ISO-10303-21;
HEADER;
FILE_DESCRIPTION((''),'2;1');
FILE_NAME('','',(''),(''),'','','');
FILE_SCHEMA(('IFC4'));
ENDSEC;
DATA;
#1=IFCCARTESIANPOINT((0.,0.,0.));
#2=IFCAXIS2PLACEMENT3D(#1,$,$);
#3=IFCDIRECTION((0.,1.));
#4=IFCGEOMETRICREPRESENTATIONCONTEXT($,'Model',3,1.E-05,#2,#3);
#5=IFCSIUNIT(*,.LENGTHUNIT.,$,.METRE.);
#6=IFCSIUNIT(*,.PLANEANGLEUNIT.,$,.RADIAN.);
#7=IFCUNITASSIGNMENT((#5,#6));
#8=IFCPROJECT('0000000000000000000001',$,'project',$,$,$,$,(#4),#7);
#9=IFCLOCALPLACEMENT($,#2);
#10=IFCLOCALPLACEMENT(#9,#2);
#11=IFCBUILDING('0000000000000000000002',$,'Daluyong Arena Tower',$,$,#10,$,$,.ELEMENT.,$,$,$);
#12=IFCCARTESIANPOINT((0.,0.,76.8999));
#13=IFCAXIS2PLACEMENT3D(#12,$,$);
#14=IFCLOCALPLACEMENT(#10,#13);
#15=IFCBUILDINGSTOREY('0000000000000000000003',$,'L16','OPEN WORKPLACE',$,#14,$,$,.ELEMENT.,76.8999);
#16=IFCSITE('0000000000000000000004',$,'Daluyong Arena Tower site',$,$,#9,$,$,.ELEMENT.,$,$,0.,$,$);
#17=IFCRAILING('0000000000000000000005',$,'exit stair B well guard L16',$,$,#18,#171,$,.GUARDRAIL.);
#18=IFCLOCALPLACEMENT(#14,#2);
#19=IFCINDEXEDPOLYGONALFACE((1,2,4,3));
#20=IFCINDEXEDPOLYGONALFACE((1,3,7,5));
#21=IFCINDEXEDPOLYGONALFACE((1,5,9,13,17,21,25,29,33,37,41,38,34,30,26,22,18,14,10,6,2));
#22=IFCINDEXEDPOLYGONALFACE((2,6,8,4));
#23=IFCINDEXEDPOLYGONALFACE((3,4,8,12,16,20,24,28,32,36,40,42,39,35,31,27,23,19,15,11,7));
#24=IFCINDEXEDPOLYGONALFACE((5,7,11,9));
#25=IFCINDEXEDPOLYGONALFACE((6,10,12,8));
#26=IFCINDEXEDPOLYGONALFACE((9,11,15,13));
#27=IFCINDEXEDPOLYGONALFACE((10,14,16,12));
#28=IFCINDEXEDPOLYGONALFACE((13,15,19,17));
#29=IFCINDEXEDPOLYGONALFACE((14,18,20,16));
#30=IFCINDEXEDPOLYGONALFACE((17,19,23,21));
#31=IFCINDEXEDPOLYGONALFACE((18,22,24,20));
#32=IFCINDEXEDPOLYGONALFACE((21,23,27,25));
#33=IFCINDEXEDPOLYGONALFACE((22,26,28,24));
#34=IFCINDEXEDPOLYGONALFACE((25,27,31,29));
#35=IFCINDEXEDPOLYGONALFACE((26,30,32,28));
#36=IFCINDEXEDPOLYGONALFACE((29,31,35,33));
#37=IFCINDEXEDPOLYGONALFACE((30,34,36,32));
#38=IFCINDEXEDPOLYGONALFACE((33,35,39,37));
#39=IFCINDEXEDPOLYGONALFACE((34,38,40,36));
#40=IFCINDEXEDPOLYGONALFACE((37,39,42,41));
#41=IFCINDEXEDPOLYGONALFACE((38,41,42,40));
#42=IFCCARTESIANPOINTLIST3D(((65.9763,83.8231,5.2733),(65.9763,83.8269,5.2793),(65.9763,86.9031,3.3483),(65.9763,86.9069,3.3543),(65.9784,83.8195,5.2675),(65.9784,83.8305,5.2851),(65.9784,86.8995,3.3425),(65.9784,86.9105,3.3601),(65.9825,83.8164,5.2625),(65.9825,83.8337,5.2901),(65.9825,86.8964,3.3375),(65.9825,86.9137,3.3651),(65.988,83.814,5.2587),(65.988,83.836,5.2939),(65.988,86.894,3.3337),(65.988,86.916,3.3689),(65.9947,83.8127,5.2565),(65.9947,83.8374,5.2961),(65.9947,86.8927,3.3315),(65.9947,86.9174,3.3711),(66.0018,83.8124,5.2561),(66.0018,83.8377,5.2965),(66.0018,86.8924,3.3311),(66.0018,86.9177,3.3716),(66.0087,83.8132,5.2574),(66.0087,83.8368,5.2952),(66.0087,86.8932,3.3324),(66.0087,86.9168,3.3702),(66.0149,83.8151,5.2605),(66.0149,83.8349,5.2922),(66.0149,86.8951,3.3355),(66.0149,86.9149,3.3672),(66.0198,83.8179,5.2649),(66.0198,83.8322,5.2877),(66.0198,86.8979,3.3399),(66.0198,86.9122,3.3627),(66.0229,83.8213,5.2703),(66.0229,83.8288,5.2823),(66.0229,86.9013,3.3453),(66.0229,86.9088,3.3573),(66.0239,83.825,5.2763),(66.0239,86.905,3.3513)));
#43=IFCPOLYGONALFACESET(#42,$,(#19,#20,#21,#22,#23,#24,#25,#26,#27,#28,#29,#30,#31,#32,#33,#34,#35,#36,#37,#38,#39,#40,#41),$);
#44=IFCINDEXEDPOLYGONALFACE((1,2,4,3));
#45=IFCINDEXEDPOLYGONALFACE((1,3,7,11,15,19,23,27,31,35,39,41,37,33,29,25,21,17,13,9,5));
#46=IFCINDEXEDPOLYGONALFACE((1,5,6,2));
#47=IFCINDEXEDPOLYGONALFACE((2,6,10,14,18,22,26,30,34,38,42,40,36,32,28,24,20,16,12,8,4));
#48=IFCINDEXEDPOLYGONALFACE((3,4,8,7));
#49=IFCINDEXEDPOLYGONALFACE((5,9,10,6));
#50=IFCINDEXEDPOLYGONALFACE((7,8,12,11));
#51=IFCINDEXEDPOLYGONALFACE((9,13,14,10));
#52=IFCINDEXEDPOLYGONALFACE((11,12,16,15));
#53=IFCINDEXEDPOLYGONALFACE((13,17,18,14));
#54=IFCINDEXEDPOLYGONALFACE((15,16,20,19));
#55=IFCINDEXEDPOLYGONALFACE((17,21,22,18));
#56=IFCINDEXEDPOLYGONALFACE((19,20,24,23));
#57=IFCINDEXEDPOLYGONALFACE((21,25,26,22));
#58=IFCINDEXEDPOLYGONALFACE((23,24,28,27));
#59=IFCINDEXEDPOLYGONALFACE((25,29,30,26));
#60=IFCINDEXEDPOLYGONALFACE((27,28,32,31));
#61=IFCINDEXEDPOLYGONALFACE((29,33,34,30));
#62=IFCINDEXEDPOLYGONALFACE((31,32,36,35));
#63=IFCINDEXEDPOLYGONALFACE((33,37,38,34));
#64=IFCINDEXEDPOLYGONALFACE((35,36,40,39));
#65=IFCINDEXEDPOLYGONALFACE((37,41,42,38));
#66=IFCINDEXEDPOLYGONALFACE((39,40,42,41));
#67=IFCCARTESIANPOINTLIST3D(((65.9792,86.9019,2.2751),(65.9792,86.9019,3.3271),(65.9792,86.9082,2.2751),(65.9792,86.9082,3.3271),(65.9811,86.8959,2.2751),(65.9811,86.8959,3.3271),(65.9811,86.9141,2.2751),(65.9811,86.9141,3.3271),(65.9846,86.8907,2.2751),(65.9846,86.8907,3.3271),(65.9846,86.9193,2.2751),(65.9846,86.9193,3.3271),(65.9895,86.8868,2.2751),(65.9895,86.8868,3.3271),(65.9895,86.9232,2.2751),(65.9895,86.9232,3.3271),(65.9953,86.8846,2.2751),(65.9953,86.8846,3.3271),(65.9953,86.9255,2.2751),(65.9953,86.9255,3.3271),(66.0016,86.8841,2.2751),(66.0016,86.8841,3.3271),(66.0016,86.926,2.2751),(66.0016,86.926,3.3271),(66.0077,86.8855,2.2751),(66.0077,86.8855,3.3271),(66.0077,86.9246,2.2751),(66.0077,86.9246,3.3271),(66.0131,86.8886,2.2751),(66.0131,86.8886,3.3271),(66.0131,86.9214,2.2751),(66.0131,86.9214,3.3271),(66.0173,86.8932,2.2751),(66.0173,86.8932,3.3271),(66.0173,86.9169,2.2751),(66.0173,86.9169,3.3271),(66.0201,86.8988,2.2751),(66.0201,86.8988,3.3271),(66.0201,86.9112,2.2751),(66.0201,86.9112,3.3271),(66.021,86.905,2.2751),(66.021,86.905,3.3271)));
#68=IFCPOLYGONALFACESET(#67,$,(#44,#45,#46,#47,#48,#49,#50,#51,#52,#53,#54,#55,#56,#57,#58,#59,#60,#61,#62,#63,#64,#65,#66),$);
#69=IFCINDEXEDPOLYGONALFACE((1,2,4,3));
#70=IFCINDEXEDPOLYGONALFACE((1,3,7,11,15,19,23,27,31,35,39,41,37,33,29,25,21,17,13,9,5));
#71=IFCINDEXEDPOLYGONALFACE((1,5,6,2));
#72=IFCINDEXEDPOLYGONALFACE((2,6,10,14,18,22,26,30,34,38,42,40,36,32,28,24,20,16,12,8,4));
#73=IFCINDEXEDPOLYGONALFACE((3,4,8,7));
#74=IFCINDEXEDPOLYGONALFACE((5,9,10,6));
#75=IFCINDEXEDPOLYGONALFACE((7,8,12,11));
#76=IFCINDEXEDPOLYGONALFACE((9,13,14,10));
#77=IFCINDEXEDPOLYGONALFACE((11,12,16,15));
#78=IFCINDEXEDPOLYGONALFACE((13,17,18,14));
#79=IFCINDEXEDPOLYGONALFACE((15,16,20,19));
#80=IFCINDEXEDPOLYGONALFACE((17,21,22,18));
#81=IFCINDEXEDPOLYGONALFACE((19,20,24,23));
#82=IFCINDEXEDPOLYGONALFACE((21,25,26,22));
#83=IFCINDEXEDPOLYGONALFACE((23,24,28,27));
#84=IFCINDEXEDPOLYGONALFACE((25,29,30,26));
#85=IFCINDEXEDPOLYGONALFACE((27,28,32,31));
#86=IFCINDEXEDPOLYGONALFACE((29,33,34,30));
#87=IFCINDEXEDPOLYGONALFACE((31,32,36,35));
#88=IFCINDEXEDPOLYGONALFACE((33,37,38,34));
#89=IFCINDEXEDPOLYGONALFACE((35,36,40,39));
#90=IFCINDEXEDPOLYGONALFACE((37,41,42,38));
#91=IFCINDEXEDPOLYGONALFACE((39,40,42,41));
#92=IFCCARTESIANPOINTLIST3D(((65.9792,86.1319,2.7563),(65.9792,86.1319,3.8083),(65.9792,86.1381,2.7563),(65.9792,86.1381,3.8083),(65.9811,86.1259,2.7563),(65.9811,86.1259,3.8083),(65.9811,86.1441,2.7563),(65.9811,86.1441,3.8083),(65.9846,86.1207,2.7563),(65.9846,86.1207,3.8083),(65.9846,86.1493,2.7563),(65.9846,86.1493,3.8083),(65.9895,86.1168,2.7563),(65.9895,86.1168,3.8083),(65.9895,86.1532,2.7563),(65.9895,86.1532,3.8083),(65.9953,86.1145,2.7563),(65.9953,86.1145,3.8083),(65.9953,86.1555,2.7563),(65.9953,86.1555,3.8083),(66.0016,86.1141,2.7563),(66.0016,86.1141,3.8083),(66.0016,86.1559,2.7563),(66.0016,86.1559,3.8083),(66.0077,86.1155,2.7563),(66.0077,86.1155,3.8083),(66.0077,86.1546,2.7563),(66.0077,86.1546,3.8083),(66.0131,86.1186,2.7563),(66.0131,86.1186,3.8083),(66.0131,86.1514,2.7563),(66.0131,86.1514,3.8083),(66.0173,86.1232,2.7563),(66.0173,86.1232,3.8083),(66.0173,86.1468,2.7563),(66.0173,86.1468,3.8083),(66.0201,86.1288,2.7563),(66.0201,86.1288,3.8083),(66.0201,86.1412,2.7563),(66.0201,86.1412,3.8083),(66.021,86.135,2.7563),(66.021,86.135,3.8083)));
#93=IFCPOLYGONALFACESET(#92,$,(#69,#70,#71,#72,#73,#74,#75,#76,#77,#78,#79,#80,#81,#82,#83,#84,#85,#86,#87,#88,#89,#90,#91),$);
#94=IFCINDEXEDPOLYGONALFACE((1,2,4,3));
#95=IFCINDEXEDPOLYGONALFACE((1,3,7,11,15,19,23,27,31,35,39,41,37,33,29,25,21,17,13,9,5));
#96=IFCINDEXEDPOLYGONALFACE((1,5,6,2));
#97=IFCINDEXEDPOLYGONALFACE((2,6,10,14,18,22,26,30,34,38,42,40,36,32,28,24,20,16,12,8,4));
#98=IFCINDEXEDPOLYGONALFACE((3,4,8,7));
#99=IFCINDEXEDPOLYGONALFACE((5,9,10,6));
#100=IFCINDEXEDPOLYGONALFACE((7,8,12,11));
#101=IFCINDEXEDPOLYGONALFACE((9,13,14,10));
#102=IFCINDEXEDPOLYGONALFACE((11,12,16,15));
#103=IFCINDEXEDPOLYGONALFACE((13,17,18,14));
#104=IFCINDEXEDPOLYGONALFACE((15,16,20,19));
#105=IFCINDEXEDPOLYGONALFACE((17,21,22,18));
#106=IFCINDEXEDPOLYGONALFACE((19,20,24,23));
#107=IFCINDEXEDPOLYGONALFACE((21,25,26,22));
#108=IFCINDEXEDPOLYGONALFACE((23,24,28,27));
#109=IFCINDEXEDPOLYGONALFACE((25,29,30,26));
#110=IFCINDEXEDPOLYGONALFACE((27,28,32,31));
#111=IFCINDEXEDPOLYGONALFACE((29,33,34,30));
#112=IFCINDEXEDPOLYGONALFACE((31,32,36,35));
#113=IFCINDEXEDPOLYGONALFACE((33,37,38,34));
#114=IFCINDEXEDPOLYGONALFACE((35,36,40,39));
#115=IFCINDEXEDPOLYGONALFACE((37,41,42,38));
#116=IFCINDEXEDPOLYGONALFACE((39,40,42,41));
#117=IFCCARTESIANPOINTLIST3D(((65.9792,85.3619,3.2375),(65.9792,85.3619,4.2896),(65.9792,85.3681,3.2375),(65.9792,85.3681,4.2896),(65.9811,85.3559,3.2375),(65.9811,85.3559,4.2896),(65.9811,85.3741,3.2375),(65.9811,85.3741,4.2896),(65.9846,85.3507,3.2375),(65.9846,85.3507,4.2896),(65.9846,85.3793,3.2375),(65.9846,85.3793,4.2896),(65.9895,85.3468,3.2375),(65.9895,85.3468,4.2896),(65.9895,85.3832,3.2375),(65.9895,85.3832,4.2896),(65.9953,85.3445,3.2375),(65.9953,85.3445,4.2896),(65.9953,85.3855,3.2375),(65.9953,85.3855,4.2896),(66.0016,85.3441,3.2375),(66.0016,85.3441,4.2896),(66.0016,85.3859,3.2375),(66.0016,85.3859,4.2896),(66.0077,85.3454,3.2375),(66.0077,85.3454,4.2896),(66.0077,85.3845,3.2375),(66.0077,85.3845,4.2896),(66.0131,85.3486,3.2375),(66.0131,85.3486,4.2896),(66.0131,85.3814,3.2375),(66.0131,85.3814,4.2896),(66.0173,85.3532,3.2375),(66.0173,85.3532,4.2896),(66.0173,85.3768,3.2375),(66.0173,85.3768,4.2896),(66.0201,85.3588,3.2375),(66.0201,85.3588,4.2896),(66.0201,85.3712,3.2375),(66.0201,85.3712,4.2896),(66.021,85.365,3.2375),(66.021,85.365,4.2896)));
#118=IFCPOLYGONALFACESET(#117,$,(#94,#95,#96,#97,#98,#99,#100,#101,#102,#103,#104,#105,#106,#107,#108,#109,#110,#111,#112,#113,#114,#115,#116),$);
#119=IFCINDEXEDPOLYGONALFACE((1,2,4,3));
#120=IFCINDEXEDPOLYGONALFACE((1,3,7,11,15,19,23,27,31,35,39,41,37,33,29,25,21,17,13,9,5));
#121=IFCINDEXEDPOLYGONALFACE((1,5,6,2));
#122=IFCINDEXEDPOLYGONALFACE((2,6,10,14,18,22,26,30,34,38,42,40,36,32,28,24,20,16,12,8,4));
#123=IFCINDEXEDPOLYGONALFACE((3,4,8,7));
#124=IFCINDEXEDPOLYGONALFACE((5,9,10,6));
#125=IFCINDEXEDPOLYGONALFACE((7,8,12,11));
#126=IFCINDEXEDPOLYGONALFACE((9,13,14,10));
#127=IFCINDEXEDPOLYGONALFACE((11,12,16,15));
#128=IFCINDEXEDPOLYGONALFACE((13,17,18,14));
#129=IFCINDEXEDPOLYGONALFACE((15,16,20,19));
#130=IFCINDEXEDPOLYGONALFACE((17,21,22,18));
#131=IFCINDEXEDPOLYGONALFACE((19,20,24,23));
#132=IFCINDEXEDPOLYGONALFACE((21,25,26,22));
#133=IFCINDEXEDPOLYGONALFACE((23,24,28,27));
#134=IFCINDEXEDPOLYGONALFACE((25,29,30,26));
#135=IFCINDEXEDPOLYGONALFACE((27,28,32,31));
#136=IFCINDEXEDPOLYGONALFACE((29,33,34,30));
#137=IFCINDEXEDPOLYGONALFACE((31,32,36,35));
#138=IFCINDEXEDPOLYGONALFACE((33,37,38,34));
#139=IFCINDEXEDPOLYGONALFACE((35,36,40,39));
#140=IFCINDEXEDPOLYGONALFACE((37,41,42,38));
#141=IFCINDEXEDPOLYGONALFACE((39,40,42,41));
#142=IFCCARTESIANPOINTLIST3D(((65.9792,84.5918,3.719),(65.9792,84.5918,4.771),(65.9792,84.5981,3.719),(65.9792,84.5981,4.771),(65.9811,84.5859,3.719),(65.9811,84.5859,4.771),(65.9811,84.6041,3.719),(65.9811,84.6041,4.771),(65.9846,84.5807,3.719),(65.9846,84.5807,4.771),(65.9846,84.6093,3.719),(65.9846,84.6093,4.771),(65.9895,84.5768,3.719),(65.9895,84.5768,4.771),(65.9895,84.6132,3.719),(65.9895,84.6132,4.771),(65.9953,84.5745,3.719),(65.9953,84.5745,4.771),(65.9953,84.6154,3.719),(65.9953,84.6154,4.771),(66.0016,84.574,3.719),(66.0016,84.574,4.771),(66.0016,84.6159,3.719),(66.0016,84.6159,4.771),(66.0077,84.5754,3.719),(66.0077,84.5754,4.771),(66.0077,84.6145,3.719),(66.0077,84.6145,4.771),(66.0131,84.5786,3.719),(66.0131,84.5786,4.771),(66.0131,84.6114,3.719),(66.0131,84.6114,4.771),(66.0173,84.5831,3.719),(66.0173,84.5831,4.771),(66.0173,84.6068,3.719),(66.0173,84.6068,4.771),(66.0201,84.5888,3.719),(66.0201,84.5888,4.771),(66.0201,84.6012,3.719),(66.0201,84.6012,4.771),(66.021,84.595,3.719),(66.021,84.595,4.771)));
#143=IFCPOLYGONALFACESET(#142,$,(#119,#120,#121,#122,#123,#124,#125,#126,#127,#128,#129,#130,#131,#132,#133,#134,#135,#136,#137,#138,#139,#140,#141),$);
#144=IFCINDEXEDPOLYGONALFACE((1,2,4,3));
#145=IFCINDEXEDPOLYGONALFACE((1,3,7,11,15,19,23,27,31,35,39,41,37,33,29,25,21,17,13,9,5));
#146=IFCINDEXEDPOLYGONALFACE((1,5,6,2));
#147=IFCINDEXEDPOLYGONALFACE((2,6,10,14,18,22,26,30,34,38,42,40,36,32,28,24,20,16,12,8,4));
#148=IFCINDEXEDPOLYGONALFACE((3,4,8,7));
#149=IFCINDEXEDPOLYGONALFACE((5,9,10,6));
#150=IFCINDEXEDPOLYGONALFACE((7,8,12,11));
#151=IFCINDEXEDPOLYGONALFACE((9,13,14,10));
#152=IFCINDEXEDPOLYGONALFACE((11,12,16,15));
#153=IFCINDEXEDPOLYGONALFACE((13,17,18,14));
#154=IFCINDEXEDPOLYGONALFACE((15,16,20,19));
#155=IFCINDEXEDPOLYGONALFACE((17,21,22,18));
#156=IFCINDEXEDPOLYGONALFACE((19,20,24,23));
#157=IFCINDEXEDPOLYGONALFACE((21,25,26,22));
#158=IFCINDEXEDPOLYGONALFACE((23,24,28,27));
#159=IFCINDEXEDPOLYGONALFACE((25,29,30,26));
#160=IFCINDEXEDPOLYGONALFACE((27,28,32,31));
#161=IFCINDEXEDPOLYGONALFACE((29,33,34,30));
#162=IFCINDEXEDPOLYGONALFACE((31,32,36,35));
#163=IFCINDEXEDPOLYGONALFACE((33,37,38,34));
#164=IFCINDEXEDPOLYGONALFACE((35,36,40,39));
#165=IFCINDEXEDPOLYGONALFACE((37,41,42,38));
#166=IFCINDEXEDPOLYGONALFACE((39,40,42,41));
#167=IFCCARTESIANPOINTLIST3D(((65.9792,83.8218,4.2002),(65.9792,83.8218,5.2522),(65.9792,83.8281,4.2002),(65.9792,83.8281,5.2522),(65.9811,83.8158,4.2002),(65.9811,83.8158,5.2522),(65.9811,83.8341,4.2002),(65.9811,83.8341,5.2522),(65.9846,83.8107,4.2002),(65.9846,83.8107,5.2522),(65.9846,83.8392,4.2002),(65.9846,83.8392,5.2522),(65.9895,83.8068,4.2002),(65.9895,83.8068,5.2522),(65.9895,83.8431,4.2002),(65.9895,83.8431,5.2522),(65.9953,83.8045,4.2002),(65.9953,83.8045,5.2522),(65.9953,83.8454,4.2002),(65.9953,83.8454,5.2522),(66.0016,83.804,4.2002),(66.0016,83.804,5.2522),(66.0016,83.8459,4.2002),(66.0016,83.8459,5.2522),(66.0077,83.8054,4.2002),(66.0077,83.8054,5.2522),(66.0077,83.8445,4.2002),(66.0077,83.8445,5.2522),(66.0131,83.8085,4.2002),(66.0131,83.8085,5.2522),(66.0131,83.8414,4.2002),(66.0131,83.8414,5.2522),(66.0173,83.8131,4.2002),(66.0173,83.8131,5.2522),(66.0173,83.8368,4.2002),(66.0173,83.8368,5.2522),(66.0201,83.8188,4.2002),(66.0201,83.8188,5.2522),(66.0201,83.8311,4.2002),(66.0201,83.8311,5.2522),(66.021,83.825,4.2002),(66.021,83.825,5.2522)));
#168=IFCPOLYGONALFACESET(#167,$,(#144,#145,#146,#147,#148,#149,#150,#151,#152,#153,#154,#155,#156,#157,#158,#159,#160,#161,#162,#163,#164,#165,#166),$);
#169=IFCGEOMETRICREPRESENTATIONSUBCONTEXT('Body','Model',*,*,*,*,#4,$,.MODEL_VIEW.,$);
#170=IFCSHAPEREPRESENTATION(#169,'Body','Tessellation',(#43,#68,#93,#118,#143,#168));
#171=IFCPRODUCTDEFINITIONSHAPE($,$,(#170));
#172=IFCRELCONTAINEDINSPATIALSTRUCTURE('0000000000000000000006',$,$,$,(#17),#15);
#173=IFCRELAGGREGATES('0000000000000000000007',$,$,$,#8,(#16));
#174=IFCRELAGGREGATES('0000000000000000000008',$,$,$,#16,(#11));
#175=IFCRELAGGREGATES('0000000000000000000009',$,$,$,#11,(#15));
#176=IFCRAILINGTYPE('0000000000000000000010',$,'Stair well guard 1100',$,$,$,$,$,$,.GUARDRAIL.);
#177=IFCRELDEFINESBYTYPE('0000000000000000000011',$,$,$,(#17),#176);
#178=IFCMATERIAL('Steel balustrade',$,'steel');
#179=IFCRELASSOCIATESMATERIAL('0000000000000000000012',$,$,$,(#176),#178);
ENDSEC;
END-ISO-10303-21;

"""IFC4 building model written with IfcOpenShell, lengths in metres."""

from ifc_helpers import new_model, si_unit, direction, frame, origin, origin_2d, place, context, subcontext, project, spatial, circle, extrude, material, type_object, element, save


model = new_model("IFC4")

# Units and contexts
model_context = context("Model", 3, precision=1e-05, world=origin(), true_north=direction((0.0, 1.0)))
body_context = subcontext(model_context, "Body", "Model", "MODEL_VIEW")
ifc_project = project(units=[si_unit("LENGTHUNIT", "METRE"), si_unit("PLANEANGLEUNIT", "RADIAN")], contexts=[model_context])

# Site, building, storey
site_placement = place(None, origin())
site = spatial("IfcSite", under=ifc_project, at=site_placement, Name="Daluyong Arena Tower site", CompositionType="ELEMENT", RefElevation=0.0)
building_placement = place(site_placement, origin())
building = spatial("IfcBuilding", under=site, at=building_placement, Name="Daluyong Arena Tower", CompositionType="ELEMENT")
storey_placement = place(building_placement, frame((0.0, 0.0, 76.8999)))
storey = spatial("IfcBuildingStorey", under=building, at=storey_placement, Name="L16", Description="OPEN WORKPLACE", CompositionType="ELEMENT", Elevation=76.8999)

# Railing
ifc_material_1 = material(Name="Steel balustrade", Category="steel")
railing_type_1 = type_object("IfcRailingType", Name="Stair well guard 1100", PredefinedType="GUARDRAIL", material=ifc_material_1)
railing_1_placement = place(storey_placement, frame((66.0, 86.905, 2.2751)))
element("IfcRailing", 1, at=railing_1_placement, inside=storey, type_object=railing_type_1, Name="exit stair B well guard L16", PredefinedType="GUARDRAIL", context=body_context, shape_type="SweptSolid", body=[
    extrude(circle(Radius=0.0239, at=origin_2d()), frame((0.0, 0.0, 1.0762), z_axis=(0.0, -0.847998, 0.529999), x_axis=(1.0, 0.0, 0.0)), (0.0, 0.0, 1.0), 3.6321),
    extrude(circle(Radius=0.021, at=origin_2d()), origin(), (0.0, 0.0, 1.0), 1.052),
    extrude(circle(Radius=0.021, at=origin_2d()), frame((0.0, -0.77, 0.4812)), (0.0, 0.0, 1.0), 1.052),
    extrude(circle(Radius=0.021, at=origin_2d()), frame((0.0, -1.54, 0.9624)), (0.0, 0.0, 1.0), 1.052),
    extrude(circle(Radius=0.021, at=origin_2d()), frame((0.0, -2.3101, 1.4438)), (0.0, 0.0, 1.0), 1.052),
    extrude(circle(Radius=0.021, at=origin_2d()), frame((0.0, -3.0801, 1.925)), (0.0, 0.0, 1.0), 1.052),
])

save(model, "model.ifc")
